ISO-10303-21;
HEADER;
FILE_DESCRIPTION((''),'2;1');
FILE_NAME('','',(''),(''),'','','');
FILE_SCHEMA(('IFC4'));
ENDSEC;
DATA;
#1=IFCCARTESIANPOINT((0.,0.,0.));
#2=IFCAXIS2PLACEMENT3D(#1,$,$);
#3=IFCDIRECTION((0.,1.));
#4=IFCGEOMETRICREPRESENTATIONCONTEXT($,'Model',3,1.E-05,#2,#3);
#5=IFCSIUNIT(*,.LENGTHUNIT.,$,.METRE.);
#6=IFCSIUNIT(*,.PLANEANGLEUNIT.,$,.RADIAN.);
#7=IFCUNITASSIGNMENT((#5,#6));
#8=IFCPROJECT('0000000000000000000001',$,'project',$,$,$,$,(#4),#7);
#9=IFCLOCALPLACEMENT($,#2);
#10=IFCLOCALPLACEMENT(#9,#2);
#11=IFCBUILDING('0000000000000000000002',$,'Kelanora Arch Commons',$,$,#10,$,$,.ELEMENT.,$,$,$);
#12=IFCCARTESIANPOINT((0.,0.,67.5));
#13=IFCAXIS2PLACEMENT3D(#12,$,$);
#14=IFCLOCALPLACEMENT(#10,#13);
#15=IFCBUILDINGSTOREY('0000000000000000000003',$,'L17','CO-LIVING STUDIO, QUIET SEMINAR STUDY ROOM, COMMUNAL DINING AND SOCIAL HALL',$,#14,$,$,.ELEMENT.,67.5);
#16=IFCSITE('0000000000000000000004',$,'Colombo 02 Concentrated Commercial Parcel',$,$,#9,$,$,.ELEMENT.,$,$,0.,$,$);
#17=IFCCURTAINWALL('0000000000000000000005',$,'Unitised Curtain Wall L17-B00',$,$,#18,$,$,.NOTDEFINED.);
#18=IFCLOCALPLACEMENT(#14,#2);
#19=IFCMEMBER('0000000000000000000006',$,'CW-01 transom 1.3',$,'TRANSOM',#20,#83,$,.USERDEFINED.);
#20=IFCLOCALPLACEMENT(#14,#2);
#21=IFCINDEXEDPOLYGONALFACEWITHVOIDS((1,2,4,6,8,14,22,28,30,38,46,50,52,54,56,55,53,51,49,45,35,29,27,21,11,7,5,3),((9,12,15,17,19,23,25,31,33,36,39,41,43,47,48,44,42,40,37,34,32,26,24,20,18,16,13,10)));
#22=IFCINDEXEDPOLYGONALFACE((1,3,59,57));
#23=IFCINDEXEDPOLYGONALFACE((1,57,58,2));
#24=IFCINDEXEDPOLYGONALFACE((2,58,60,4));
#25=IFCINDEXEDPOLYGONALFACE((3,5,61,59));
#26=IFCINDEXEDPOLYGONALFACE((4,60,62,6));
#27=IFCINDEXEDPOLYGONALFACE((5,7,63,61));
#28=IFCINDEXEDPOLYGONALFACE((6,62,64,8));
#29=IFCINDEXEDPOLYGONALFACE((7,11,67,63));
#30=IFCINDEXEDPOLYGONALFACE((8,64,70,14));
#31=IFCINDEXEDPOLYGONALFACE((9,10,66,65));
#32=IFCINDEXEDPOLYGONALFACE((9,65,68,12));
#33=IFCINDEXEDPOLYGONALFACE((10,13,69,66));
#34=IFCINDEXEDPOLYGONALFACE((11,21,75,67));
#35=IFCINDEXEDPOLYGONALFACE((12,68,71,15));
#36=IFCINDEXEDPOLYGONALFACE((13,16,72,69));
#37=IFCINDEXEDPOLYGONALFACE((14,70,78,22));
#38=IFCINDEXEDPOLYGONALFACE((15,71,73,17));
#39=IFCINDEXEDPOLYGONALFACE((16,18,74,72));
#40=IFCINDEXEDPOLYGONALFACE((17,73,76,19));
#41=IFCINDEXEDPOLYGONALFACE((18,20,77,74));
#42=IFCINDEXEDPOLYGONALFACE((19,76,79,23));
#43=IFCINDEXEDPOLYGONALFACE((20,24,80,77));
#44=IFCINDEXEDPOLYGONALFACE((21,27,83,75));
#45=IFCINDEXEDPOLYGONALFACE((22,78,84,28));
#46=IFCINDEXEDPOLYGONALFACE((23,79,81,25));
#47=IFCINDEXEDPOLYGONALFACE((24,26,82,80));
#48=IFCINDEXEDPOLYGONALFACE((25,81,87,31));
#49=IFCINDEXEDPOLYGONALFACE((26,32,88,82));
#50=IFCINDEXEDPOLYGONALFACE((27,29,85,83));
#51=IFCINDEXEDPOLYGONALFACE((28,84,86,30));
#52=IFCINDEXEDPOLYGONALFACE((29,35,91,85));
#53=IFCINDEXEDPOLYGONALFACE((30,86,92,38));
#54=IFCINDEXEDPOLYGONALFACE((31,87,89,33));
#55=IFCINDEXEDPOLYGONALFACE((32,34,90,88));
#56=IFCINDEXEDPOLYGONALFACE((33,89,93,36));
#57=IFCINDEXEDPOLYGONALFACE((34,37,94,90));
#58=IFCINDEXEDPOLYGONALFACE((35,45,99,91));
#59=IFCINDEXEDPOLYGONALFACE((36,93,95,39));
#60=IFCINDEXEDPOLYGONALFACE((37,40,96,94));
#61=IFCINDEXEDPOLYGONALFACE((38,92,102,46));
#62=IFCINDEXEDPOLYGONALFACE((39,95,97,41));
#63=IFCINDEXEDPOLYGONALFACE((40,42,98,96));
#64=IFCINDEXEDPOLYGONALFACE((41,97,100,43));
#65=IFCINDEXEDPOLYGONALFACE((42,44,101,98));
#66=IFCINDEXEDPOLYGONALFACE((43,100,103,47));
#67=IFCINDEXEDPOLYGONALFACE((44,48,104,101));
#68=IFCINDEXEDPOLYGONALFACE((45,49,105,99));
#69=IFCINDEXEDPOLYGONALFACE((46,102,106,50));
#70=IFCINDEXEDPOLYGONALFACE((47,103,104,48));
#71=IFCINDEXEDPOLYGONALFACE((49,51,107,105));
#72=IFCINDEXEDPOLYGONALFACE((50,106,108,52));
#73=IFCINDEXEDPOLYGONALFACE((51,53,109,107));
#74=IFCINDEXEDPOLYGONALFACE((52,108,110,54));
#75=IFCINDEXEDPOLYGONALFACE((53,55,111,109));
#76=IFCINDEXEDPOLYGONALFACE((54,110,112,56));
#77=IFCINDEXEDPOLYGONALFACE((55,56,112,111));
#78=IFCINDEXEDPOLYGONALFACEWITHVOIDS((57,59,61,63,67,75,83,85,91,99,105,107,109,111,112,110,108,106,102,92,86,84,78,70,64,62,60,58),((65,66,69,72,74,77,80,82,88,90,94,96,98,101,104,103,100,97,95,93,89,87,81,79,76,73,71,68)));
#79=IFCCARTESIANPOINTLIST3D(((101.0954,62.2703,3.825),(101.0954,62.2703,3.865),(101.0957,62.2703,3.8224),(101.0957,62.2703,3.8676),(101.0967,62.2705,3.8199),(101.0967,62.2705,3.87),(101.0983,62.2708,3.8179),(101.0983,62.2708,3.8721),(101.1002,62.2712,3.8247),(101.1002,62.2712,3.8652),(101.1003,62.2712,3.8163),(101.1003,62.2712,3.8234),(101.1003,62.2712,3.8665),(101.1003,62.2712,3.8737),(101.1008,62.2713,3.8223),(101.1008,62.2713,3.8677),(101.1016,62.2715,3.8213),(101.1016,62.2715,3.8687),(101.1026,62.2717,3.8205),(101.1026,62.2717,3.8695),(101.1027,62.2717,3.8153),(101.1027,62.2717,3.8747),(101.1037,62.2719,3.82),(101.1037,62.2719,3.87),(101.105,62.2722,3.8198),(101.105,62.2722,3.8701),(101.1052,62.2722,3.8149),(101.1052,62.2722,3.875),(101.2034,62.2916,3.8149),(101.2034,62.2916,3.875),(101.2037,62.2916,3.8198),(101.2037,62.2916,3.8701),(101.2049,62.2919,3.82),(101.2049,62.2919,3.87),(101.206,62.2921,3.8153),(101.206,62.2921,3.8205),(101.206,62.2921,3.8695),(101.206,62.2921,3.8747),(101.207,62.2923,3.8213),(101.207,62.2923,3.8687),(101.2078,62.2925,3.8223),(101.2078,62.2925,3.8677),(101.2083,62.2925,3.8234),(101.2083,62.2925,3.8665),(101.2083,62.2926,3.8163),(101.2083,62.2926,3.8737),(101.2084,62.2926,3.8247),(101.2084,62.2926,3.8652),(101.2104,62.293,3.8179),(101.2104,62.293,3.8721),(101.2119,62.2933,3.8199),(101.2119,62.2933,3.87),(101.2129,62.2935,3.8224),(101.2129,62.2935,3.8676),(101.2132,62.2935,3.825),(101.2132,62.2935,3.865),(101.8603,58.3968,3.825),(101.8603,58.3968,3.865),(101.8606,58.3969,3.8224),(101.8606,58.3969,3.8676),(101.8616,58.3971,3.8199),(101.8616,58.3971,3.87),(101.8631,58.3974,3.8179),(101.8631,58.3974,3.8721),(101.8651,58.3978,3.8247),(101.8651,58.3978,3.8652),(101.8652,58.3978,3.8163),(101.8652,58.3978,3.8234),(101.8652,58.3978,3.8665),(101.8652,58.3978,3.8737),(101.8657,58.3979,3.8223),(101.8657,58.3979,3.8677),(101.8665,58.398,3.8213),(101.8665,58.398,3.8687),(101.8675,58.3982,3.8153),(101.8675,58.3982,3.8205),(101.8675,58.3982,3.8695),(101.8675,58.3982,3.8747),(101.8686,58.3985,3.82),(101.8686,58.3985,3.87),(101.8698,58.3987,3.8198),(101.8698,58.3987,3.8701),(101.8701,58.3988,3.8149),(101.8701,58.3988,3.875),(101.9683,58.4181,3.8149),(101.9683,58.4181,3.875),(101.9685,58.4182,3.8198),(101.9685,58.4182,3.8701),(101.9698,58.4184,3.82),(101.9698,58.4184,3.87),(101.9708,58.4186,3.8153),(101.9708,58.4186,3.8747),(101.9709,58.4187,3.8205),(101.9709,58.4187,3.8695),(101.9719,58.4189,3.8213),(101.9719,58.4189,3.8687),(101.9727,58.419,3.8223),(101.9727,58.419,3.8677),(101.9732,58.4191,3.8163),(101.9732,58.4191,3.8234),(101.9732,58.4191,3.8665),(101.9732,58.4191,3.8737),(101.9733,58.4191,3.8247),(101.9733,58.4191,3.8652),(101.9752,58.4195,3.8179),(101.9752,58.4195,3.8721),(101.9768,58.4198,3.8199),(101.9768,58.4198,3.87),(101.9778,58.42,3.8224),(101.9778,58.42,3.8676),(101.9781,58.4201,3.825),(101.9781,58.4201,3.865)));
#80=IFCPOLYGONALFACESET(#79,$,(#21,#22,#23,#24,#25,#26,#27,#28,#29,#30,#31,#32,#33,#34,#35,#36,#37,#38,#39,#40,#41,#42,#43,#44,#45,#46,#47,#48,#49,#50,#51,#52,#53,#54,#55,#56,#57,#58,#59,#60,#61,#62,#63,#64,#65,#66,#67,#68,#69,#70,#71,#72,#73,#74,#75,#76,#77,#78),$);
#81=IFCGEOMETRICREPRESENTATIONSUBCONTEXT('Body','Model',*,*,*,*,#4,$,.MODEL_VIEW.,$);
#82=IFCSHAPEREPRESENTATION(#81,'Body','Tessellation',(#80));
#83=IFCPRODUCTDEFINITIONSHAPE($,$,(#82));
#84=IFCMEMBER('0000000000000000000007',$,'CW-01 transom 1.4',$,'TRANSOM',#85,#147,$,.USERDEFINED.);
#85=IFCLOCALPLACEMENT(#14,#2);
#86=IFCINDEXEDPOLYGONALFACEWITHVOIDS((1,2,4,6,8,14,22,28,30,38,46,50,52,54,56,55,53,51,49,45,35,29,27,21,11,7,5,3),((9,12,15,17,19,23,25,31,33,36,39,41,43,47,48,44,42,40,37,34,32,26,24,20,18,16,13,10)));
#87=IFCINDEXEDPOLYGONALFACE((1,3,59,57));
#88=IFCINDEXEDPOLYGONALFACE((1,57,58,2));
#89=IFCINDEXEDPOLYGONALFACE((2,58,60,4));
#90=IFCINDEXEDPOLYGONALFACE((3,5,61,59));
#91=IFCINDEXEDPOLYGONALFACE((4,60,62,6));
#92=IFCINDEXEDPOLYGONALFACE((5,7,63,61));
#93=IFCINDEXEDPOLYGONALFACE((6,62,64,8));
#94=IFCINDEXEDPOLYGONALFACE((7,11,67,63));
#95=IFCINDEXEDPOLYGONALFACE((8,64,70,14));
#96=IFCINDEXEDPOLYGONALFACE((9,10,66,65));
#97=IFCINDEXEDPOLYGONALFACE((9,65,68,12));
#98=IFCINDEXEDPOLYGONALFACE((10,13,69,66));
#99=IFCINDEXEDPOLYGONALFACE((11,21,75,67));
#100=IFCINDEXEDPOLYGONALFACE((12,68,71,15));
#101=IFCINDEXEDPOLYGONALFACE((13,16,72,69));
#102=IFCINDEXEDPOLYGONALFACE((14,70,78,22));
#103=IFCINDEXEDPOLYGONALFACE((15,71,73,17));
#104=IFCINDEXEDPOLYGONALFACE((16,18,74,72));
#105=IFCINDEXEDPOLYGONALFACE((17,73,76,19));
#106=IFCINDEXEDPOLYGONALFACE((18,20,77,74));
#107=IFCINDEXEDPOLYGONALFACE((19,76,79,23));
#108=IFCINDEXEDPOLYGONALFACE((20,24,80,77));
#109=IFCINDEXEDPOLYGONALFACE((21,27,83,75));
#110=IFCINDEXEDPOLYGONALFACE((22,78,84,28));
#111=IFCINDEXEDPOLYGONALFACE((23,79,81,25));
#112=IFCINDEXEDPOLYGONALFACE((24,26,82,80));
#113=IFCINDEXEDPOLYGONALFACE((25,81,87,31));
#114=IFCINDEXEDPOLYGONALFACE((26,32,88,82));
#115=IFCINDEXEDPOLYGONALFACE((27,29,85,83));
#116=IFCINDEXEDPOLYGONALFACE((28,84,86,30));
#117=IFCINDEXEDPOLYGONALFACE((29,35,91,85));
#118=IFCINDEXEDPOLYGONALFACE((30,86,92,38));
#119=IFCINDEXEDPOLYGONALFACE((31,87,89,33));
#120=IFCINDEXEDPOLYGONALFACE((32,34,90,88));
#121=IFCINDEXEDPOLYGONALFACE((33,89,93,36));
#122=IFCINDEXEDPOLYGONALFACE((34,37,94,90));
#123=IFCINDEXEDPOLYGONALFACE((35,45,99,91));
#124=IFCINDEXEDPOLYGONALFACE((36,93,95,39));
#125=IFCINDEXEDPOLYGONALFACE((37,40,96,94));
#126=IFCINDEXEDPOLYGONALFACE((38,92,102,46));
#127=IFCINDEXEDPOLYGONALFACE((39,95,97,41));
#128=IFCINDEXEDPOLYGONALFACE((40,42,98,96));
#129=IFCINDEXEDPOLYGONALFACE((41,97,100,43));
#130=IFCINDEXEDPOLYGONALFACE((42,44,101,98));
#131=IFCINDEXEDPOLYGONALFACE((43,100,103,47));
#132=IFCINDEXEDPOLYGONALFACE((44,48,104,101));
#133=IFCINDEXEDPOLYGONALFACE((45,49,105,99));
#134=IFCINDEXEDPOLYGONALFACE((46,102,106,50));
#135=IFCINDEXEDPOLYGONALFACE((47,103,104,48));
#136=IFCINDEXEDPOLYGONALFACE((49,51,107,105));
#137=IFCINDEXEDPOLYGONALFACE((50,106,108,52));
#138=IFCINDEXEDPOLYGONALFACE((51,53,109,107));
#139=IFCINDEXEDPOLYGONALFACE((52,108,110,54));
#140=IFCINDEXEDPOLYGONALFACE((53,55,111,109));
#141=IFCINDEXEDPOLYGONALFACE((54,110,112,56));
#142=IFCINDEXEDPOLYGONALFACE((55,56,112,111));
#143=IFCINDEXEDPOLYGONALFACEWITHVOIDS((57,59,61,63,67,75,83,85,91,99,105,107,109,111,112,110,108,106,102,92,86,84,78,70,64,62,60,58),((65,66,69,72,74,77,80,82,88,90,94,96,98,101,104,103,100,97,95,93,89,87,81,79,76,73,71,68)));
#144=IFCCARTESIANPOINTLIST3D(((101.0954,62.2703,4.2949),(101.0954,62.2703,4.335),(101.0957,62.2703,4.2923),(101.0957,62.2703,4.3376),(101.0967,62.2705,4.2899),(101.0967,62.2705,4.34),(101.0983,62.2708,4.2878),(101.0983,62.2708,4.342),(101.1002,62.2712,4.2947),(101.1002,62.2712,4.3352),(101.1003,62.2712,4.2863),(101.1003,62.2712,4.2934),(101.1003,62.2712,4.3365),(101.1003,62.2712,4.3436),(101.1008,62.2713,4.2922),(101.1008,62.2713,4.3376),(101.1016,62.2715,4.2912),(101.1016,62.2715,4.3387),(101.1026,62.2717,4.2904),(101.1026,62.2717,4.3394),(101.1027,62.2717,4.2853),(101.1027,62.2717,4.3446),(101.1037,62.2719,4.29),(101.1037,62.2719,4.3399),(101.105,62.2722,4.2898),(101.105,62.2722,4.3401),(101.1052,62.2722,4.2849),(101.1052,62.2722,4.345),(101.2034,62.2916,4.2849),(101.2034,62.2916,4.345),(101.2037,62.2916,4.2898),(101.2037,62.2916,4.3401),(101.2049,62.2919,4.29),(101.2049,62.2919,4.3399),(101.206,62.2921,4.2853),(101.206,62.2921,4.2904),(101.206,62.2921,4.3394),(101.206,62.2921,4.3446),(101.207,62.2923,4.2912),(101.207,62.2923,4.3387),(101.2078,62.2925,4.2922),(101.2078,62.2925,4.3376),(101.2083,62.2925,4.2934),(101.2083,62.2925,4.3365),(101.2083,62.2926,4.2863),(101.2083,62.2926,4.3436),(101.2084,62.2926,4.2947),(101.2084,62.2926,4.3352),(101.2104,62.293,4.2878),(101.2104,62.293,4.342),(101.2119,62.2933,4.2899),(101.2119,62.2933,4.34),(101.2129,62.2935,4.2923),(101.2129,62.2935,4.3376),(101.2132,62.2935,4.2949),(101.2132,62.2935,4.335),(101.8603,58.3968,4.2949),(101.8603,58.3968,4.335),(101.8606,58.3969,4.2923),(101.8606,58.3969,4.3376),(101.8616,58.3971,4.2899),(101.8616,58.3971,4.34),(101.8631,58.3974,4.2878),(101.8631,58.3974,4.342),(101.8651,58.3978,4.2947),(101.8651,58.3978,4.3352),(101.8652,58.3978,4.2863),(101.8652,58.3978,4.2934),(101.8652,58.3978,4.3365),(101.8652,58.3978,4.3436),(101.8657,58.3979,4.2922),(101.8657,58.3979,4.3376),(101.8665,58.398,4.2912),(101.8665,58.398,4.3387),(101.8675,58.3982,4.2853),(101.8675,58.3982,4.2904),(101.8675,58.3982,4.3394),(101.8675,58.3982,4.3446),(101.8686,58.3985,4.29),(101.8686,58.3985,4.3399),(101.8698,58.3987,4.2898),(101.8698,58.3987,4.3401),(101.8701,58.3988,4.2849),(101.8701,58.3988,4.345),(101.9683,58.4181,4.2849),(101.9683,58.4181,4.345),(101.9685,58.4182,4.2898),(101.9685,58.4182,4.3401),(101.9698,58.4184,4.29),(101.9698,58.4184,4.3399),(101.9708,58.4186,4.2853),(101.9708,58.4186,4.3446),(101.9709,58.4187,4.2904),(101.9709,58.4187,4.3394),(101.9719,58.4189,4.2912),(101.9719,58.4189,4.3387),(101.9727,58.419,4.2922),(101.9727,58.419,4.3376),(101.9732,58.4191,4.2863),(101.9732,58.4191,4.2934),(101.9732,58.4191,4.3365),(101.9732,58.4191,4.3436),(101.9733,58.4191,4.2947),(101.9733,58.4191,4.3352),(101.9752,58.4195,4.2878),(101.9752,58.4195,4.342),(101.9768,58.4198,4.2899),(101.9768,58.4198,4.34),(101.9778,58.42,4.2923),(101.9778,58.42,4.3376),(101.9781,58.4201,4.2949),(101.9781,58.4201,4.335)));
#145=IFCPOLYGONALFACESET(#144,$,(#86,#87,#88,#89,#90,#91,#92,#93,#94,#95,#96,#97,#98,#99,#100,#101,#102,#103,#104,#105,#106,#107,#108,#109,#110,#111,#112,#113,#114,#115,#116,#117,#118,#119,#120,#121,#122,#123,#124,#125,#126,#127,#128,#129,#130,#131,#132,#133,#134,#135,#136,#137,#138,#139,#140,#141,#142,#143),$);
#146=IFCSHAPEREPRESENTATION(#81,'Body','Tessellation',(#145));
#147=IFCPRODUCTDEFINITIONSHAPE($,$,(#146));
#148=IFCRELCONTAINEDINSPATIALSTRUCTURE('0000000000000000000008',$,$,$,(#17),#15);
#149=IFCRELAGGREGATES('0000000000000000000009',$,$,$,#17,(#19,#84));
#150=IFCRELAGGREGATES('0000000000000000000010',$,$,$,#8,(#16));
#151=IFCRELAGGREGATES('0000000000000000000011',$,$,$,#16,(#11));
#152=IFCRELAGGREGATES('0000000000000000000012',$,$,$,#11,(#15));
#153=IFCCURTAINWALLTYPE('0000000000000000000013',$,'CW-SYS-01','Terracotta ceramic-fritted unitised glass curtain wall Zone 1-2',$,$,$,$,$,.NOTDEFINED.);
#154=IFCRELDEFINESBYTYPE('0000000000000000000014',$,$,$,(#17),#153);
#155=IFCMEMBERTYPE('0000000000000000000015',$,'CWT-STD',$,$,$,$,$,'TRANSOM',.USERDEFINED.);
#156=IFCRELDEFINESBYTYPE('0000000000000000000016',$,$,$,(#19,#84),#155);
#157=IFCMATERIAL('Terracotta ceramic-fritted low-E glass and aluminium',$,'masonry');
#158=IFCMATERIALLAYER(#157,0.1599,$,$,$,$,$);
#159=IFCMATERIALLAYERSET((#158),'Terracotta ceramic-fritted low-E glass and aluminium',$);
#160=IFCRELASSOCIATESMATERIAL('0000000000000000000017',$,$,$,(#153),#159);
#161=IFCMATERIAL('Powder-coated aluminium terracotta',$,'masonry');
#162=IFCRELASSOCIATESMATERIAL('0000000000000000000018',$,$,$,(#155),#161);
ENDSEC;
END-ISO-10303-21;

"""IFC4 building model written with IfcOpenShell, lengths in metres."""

from ifc_helpers import new_model, si_unit, direction, frame, origin, origin_2d, place, context, subcontext, project, spatial, hollow_rectangle, extrude, material, layer, layer_set, material_profile, profile_set, type_object, element, aggregate, save


model = new_model("IFC4")

# Units and contexts
model_context = context("Model", 3, precision=1e-05, world=origin(), true_north=direction((0.0, 1.0)))
body_context = subcontext(model_context, "Body", "Model", "MODEL_VIEW")
ifc_project = project(units=[si_unit("LENGTHUNIT", "METRE"), si_unit("PLANEANGLEUNIT", "RADIAN")], contexts=[model_context])

# Site, building, storey
site_placement = place(None, origin())
site = spatial("IfcSite", under=ifc_project, at=site_placement, Name="Colombo 02 Concentrated Commercial Parcel", CompositionType="ELEMENT", RefElevation=0.0)
building_placement = place(site_placement, origin())
building = spatial("IfcBuilding", under=site, at=building_placement, Name="Kelanora Arch Commons", CompositionType="ELEMENT")
storey_placement = place(building_placement, frame((0.0, 0.0, 67.5)))
storey = spatial("IfcBuildingStorey", under=building, at=storey_placement, Name="L17", Description="CO-LIVING STUDIO, QUIET SEMINAR STUDY ROOM, COMMUNAL DINING AND SOCIAL HALL", CompositionType="ELEMENT", Elevation=67.5)

# Curtain wall, members
ifc_material_1 = material(Name="Terracotta ceramic-fritted low-E glass and aluminium", Category="masonry")
ifc_layer_1 = layer(ifc_material_1, 0.1599)
ifc_layer_set_1 = layer_set([ifc_layer_1], Name="Terracotta ceramic-fritted low-E glass and aluminium")
curtain_wall_type = type_object("IfcCurtainWallType", Name="CW-SYS-01", Description="Terracotta ceramic-fritted unitised glass curtain wall Zone 1-2", PredefinedType="NOTDEFINED", material=ifc_layer_set_1)
curtain_wall_placement = place(storey_placement, origin())
curtain_wall = element("IfcCurtainWall", 1, at=curtain_wall_placement, inside=storey, type_object=curtain_wall_type, Name="Unitised Curtain Wall L17-B00", PredefinedType="NOTDEFINED")
ifc_material_2 = material(Name="Powder-coated aluminium terracotta", Category="masonry")
ifc_material_profile_1 = material_profile(ifc_material_2, hollow_rectangle(XDim=0.1201, YDim=0.0601, WallThickness=0.0049, InnerFilletRadius=0.0049, OuterFilletRadius=0.01, at=origin_2d()), Name="CWT120x60")
ifc_profile_set_1 = profile_set([ifc_material_profile_1], Name="Powder-coated aluminium terracotta")
member_type_1 = type_object("IfcMemberType", Name="CWT-STD", ElementType="TRANSOM", PredefinedType="USERDEFINED", material=ifc_profile_set_1)
member_1_placement = place(storey_placement, frame((101.9192, 58.4084, 3.845), z_axis=(-0.193725, 0.981056, 0.0), x_axis=(-0.981056, -0.193725, 0.0)))
member_1 = element("IfcMember", 2, at=member_1_placement, type_object=member_type_1, Name="CW-01 transom 1.3", ObjectType="TRANSOM", PredefinedType="USERDEFINED", context=body_context, shape_type="SweptSolid", body=[
    extrude(hollow_rectangle(XDim=0.1201, YDim=0.0601, WallThickness=0.0049, InnerFilletRadius=0.0049, OuterFilletRadius=0.01, at=origin_2d()), origin(), (0.0, 0.0, 1.0), 3.9482),
])
member_2_placement = place(storey_placement, frame((101.9192, 58.4084, 4.3149), z_axis=(-0.193725, 0.981056, 0.0), x_axis=(-0.981056, -0.193725, 0.0)))
member_2 = element("IfcMember", 3, at=member_2_placement, type_object=member_type_1, Name="CW-01 transom 1.4", ObjectType="TRANSOM", PredefinedType="USERDEFINED", context=body_context, shape_type="SweptSolid", body=[
    extrude(hollow_rectangle(XDim=0.1201, YDim=0.0601, WallThickness=0.0049, InnerFilletRadius=0.0049, OuterFilletRadius=0.01, at=origin_2d()), origin(), (0.0, 0.0, 1.0), 3.9482),
])
aggregate(curtain_wall, [member_1, member_2])

save(model, "model.ifc")
